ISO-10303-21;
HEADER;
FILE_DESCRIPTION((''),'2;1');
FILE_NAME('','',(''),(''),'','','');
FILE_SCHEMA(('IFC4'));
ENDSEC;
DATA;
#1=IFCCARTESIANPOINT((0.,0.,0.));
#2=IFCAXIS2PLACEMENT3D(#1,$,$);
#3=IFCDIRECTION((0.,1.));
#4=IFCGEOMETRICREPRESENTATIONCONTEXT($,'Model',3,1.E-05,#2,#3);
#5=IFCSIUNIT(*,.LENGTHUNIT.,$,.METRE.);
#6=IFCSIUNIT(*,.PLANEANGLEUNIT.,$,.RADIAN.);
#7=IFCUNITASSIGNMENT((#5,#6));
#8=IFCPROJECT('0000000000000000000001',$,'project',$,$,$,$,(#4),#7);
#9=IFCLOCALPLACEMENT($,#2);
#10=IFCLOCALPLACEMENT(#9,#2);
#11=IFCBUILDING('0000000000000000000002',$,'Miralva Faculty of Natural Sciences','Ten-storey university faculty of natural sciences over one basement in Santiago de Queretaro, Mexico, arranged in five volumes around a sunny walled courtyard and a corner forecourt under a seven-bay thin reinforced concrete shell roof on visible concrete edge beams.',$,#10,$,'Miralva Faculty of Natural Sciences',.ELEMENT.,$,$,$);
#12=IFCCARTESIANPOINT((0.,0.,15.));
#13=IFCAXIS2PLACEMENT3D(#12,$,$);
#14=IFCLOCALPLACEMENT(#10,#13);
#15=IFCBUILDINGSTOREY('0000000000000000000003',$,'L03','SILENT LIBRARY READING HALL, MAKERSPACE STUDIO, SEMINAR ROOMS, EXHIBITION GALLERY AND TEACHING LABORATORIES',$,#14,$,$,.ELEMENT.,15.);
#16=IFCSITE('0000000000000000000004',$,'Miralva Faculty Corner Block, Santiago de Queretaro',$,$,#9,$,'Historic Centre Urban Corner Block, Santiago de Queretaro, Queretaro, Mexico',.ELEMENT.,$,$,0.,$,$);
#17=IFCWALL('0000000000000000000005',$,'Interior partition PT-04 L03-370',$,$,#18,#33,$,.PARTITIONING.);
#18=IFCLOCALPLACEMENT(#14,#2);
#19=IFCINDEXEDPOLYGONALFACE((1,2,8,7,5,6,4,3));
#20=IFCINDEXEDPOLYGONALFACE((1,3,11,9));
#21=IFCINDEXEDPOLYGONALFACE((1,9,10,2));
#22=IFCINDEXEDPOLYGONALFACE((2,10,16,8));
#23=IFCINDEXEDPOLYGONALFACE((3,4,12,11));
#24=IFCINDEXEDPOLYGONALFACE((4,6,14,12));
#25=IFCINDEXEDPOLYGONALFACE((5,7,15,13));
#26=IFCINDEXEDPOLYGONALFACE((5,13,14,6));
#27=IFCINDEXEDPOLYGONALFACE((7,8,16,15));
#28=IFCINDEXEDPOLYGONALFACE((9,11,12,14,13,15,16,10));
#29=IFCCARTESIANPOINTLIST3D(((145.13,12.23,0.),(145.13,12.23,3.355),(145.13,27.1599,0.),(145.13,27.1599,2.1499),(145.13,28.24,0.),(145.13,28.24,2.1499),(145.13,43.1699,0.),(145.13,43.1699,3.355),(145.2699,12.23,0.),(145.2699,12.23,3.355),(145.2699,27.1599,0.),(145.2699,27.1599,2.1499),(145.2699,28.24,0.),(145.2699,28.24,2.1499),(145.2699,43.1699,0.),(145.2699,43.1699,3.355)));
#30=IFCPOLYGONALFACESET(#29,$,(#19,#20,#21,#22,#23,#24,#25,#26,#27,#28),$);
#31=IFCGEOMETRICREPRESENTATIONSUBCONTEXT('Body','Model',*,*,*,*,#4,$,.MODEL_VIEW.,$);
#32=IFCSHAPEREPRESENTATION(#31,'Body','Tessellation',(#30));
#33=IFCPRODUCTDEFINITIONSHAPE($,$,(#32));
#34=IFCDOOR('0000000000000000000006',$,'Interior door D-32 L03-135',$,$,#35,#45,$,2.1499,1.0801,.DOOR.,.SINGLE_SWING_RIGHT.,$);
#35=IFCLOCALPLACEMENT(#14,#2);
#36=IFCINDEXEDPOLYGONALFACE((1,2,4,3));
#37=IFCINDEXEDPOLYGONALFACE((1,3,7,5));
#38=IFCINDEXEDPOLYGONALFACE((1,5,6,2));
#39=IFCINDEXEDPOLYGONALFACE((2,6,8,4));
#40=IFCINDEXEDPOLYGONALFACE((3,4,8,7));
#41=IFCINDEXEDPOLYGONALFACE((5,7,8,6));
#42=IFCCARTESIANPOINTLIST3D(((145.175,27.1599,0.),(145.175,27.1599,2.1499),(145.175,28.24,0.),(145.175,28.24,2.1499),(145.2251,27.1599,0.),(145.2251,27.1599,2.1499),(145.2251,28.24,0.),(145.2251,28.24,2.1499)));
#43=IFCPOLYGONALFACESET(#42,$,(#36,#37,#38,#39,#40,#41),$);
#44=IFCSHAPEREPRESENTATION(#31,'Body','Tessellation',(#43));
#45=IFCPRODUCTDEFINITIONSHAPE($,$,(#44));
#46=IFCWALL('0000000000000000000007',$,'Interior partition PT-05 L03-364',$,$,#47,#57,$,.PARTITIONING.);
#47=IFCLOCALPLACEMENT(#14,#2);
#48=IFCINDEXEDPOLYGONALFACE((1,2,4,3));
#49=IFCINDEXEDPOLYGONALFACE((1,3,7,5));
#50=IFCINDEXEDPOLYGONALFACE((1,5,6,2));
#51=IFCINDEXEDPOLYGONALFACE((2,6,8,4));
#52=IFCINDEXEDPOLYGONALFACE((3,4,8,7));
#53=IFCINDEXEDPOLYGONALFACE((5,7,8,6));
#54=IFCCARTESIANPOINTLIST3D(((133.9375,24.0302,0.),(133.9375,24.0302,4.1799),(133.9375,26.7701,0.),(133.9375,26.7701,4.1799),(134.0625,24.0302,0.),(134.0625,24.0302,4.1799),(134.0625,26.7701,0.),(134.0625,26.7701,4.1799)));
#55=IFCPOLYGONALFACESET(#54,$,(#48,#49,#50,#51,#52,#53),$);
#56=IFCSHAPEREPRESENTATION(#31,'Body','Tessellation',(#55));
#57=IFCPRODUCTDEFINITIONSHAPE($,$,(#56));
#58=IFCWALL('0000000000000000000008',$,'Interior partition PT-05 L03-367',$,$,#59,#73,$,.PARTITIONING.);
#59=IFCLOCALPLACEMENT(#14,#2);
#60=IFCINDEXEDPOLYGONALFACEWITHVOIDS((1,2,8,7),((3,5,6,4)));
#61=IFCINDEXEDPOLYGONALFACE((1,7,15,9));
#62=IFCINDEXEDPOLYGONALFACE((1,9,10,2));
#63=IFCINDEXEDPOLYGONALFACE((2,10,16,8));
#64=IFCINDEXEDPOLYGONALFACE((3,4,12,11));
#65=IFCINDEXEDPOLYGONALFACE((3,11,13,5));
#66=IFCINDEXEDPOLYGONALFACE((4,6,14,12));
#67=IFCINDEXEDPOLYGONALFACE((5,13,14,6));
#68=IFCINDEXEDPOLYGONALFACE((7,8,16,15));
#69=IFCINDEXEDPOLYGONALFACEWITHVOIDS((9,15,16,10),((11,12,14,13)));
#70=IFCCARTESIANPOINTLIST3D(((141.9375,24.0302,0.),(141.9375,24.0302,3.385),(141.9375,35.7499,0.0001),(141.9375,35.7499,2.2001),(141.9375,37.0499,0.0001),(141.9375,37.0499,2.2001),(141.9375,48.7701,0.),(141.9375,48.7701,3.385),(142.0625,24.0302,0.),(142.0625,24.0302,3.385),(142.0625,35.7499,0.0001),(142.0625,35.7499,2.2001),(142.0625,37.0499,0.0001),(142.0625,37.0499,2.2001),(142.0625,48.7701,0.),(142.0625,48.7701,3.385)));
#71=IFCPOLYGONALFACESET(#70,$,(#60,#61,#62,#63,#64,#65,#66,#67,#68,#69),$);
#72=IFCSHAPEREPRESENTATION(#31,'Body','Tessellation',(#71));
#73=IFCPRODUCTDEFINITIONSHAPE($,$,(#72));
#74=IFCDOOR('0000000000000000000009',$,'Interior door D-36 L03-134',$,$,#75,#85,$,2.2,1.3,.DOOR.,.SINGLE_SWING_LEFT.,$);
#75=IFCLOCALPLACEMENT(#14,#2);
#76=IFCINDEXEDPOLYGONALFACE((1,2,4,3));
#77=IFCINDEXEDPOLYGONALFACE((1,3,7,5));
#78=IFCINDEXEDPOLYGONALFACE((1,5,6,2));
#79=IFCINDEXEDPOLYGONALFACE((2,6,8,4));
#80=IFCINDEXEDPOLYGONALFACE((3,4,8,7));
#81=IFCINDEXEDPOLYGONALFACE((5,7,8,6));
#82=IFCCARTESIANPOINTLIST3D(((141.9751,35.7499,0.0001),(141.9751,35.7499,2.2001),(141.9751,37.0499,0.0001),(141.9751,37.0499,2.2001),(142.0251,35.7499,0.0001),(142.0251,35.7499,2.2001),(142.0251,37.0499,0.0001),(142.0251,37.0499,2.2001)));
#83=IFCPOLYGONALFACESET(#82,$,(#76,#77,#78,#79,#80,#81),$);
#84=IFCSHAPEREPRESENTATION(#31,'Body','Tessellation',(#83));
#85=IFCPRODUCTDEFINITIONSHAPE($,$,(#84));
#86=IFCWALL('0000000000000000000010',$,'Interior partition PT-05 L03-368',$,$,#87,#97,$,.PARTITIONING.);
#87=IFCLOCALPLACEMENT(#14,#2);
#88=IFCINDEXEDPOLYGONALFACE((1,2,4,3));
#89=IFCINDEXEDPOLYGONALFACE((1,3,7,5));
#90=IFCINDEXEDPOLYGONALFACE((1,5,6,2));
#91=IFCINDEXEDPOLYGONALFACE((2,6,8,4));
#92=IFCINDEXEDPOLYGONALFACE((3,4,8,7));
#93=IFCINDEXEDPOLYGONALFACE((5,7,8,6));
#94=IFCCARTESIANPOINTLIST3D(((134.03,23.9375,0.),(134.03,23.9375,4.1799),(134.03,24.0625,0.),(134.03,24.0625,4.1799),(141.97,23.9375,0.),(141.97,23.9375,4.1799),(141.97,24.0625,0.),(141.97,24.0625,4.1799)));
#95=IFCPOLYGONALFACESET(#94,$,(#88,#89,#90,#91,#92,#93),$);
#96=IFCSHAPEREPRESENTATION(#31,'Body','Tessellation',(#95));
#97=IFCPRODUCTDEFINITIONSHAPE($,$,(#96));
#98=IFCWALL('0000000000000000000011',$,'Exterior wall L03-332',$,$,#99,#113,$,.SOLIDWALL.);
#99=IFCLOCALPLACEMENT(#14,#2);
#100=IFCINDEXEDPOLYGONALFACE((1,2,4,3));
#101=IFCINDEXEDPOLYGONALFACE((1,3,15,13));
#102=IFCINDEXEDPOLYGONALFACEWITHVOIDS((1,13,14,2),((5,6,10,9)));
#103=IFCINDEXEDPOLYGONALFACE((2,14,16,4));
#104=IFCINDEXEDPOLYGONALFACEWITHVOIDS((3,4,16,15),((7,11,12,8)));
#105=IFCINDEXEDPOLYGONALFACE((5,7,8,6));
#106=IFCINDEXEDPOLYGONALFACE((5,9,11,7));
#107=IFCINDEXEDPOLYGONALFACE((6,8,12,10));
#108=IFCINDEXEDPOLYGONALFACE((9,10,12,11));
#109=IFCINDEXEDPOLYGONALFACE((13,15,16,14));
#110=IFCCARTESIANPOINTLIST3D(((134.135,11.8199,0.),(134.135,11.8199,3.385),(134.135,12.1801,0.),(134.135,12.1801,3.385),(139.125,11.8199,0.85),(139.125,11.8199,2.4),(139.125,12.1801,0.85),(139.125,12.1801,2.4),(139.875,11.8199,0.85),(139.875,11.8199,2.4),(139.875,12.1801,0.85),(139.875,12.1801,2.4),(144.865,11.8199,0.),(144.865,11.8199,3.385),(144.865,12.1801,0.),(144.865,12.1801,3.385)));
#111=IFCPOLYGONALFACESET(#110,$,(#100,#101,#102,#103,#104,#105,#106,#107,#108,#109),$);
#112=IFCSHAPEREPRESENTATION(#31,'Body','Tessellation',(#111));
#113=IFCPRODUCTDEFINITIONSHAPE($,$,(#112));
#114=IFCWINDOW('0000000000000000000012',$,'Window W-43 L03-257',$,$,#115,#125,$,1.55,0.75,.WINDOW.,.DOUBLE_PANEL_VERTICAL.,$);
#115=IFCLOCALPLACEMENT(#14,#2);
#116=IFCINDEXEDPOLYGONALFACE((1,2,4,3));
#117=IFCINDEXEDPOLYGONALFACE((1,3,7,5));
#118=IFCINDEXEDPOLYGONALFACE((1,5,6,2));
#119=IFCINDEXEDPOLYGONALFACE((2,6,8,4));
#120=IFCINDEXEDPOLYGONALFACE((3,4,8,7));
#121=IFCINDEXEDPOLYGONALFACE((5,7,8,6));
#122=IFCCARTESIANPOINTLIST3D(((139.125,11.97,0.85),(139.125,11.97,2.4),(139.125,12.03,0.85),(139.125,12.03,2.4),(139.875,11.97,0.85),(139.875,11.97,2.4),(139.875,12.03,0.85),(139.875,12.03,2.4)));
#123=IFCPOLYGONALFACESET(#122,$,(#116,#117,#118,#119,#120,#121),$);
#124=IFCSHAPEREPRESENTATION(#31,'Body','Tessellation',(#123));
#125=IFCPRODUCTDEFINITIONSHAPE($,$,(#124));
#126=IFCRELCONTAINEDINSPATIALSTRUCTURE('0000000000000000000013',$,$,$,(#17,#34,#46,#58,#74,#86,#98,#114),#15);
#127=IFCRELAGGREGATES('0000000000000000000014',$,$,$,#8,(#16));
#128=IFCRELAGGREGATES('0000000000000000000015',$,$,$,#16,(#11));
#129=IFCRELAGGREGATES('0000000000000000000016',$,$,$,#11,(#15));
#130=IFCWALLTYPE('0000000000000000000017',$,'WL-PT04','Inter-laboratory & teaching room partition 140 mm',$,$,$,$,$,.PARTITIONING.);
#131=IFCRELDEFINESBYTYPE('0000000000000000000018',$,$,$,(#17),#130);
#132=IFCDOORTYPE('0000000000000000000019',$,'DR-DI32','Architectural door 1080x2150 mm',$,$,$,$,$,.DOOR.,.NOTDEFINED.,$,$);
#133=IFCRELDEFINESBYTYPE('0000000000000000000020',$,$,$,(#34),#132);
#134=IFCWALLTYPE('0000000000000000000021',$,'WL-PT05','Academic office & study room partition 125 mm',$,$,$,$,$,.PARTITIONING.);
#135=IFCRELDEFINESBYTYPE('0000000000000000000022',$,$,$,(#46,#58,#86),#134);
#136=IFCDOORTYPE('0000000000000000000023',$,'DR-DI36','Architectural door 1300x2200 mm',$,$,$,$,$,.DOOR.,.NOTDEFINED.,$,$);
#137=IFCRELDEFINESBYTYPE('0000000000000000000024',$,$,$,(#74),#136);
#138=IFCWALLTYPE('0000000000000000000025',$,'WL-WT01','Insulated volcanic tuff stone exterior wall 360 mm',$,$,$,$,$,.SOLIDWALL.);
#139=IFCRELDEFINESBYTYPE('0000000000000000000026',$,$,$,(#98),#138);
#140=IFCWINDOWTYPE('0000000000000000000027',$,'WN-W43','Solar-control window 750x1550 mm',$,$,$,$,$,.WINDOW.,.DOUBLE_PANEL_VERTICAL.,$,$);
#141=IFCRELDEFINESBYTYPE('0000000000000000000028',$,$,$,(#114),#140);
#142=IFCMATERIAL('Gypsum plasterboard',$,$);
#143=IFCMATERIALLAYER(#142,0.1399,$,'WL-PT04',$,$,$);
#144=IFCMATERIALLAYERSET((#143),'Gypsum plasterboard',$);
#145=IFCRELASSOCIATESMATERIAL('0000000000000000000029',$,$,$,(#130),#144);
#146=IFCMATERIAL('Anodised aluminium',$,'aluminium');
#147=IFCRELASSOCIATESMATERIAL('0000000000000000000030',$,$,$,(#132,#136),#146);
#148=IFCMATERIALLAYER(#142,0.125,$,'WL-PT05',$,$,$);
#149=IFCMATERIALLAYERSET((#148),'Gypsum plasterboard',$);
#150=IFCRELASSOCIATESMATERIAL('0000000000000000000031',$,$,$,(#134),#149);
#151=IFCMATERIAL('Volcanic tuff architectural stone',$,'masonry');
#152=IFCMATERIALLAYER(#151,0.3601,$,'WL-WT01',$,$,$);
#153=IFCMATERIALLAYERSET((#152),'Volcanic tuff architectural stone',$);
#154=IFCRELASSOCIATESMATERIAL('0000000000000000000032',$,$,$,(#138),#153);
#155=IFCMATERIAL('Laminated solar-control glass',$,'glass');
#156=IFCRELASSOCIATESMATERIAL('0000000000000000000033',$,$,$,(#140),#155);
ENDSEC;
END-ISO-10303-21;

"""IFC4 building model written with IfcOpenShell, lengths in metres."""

from ifc_helpers import new_model, si_unit, direction, frame, frame_2d, origin, place, context, subcontext, project, spatial, rectangle, extrude, material, layer, layer_set, type_object, element, fill, save


model = new_model("IFC4")

# Units and contexts
model_context = context("Model", 3, precision=1e-05, world=origin(), true_north=direction((0.0, 1.0)))
body_context = subcontext(model_context, "Body", "Model", "MODEL_VIEW")
ifc_project = project(units=[si_unit("LENGTHUNIT", "METRE"), si_unit("PLANEANGLEUNIT", "RADIAN")], contexts=[model_context])

# Site, building, storey
site_placement = place(None, origin())
site = spatial("IfcSite", under=ifc_project, at=site_placement, Name="Miralva Faculty Corner Block, Santiago de Queretaro", LongName="Historic Centre Urban Corner Block, Santiago de Queretaro, Queretaro, Mexico", CompositionType="ELEMENT", RefElevation=0.0)
building_placement = place(site_placement, origin())
building = spatial("IfcBuilding", under=site, at=building_placement, Name="Miralva Faculty of Natural Sciences", Description="Ten-storey university faculty of natural sciences over one basement in Santiago de Queretaro, Mexico, arranged in five volumes around a sunny walled courtyard and a corner forecourt under a seven-bay thin reinforced concrete shell roof on visible concrete edge beams.", LongName="Miralva Faculty of Natural Sciences", CompositionType="ELEMENT")
storey_placement = place(building_placement, frame((0.0, 0.0, 15.0)))
storey = spatial("IfcBuildingStorey", under=building, at=storey_placement, Name="L03", Description="SILENT LIBRARY READING HALL, MAKERSPACE STUDIO, SEMINAR ROOMS, EXHIBITION GALLERY AND TEACHING LABORATORIES", CompositionType="ELEMENT", Elevation=15.0)

# Shared definitions
ifc_material_1 = material(Name="Laminated solar-control glass", Category="glass")
ifc_material_2 = material(Name="Anodised aluminium", Category="aluminium")

# Wall, opening, door
ifc_material_3 = material(Name="Gypsum plasterboard")
ifc_layer_1 = layer(ifc_material_3, 0.1399, Name="WL-PT04")
ifc_layer_set_1 = layer_set([ifc_layer_1], Name="Gypsum plasterboard")
wall_type_1 = type_object("IfcWallType", Name="WL-PT04", Description="Inter-laboratory & teaching room partition 140 mm", PredefinedType="PARTITIONING", material=ifc_layer_set_1)
wall_1_placement = place(storey_placement, frame((145.2, 12.23, 0.0), z_axis=(0.0, 0.0, 1.0), x_axis=(0.0, 1.0, 0.0)))
wall_1 = element("IfcWall", 1, at=wall_1_placement, inside=storey, type_object=wall_type_1, Name="Interior partition PT-04 L03-370", PredefinedType="PARTITIONING", context=body_context, shape_type="SweptSolid", body=[
    extrude(rectangle(XDim=30.9399, YDim=0.1399, at=frame_2d((15.47, 0.0))), origin(), (0.0, 0.0, 1.0), 3.355),
])
opening_1_placement = place(wall_1_placement, frame((14.9299, 0.0, 0.0)))
opening_1 = element("IfcOpeningElement", 2, at=opening_1_placement, cuts=wall_1, PredefinedType="OPENING", context=body_context, shape_type="SweptSolid", body=[
    extrude(rectangle(XDim=1.0801, YDim=2.1499, at=frame_2d((0.54, 1.075))), frame((0.0, 0.0798, 0.0), z_axis=(0.0, -1.0, 0.0), x_axis=(1.0, 0.0, 0.0)), (0.0, 0.0, 1.0), 0.1599),
])
door_type_1 = type_object("IfcDoorType", Name="DR-DI32", Description="Architectural door 1080x2150 mm", OperationType="NOTDEFINED", PredefinedType="DOOR", material=ifc_material_2)
door_1_placement = place(opening_1_placement, origin())
door_1 = element("IfcDoor", 3, at=door_1_placement, inside=storey, type_object=door_type_1, Name="Interior door D-32 L03-135", OperationType="SINGLE_SWING_RIGHT", OverallHeight=2.1499, OverallWidth=1.0801, PredefinedType="DOOR", context=body_context, shape_type="SweptSolid", body=[
    extrude(rectangle(XDim=1.0801, YDim=2.1499, at=frame_2d((0.54, 1.075))), frame((0.0, 0.0249, 0.0), z_axis=(0.0, -1.0, 0.0), x_axis=(1.0, 0.0, 0.0)), (0.0, 0.0, 1.0), 0.05),
])
fill(opening_1, door_1)

# Wall
ifc_layer_2 = layer(ifc_material_3, 0.125, Name="WL-PT05")
ifc_layer_set_2 = layer_set([ifc_layer_2], Name="Gypsum plasterboard")
wall_type_2 = type_object("IfcWallType", Name="WL-PT05", Description="Academic office & study room partition 125 mm", PredefinedType="PARTITIONING", material=ifc_layer_set_2)
wall_2_placement = place(storey_placement, frame((134.0, 24.03, 0.0), z_axis=(0.0, 0.0, 1.0), x_axis=(0.0, 1.0, 0.0)))
element("IfcWall", 4, at=wall_2_placement, inside=storey, type_object=wall_type_2, Name="Interior partition PT-05 L03-364", PredefinedType="PARTITIONING", context=body_context, shape_type="SweptSolid", body=[
    extrude(rectangle(XDim=2.74, YDim=0.125, at=frame_2d((1.3701, 0.0))), origin(), (0.0, 0.0, 1.0), 4.1799),
])

# Wall, opening, door
wall_3_placement = place(storey_placement, frame((142.0, 24.03, 0.0), z_axis=(0.0, 0.0, 1.0), x_axis=(0.0, 1.0, 0.0)))
wall_3 = element("IfcWall", 5, at=wall_3_placement, inside=storey, type_object=wall_type_2, Name="Interior partition PT-05 L03-367", PredefinedType="PARTITIONING", context=body_context, shape_type="SweptSolid", body=[
    extrude(rectangle(XDim=24.74, YDim=0.125, at=frame_2d((12.3701, 0.0))), origin(), (0.0, 0.0, 1.0), 3.385),
])
opening_2_placement = place(wall_3_placement, frame((11.72, 0.0, 0.0)))
opening_2 = element("IfcOpeningElement", 6, at=opening_2_placement, cuts=wall_3, PredefinedType="OPENING", context=body_context, shape_type="SweptSolid", body=[
    extrude(rectangle(XDim=1.3, YDim=2.2, at=frame_2d((0.6499, 1.1001))), frame((0.0, 0.0725, 0.0), z_axis=(0.0, -1.0, 0.0), x_axis=(1.0, 0.0, 0.0)), (0.0, 0.0, 1.0), 0.145),
])
door_type_2 = type_object("IfcDoorType", Name="DR-DI36", Description="Architectural door 1300x2200 mm", OperationType="NOTDEFINED", PredefinedType="DOOR", material=ifc_material_2)
door_2_placement = place(opening_2_placement, origin())
door_2 = element("IfcDoor", 7, at=door_2_placement, inside=storey, type_object=door_type_2, Name="Interior door D-36 L03-134", OperationType="SINGLE_SWING_LEFT", OverallHeight=2.2, OverallWidth=1.3, PredefinedType="DOOR", context=body_context, shape_type="SweptSolid", body=[
    extrude(rectangle(XDim=1.3, YDim=2.2, at=frame_2d((0.6499, 1.1001))), frame((0.0, 0.0249, 0.0), z_axis=(0.0, -1.0, 0.0), x_axis=(1.0, 0.0, 0.0)), (0.0, 0.0, 1.0), 0.05),
])
fill(opening_2, door_2)

# Wall
wall_4_placement = place(storey_placement, frame((134.03, 24.0, 0.0), z_axis=(0.0, 0.0, 1.0), x_axis=(1.0, 0.0, 0.0)))
element("IfcWall", 8, at=wall_4_placement, inside=storey, type_object=wall_type_2, Name="Interior partition PT-05 L03-368", PredefinedType="PARTITIONING", context=body_context, shape_type="SweptSolid", body=[
    extrude(rectangle(XDim=7.9399, YDim=0.125, at=frame_2d((3.97, 0.0))), origin(), (0.0, 0.0, 1.0), 4.1799),
])

# Wall, opening, window
ifc_material_4 = material(Name="Volcanic tuff architectural stone", Category="masonry")
ifc_layer_3 = layer(ifc_material_4, 0.3601, Name="WL-WT01")
ifc_layer_set_3 = layer_set([ifc_layer_3], Name="Volcanic tuff architectural stone")
wall_type_3 = type_object("IfcWallType", Name="WL-WT01", Description="Insulated volcanic tuff stone exterior wall 360 mm", PredefinedType="SOLIDWALL", material=ifc_layer_set_3)
wall_5_placement = place(storey_placement, frame((134.135, 12.0, 0.0), z_axis=(0.0, 0.0, 1.0), x_axis=(1.0, 0.0, 0.0)))
wall_5 = element("IfcWall", 9, at=wall_5_placement, inside=storey, type_object=wall_type_3, Name="Exterior wall L03-332", PredefinedType="SOLIDWALL", context=body_context, shape_type="SweptSolid", body=[
    extrude(rectangle(XDim=10.73, YDim=0.3601, at=frame_2d((5.365, 0.0))), origin(), (0.0, 0.0, 1.0), 3.385),
])
opening_3_placement = place(wall_5_placement, frame((4.99, 0.0, 0.8501)))
opening_3 = element("IfcOpeningElement", 10, at=opening_3_placement, cuts=wall_5, PredefinedType="OPENING", context=body_context, shape_type="SweptSolid", body=[
    extrude(rectangle(XDim=0.75, YDim=1.55, at=frame_2d((0.375, 0.7749))), frame((0.0, 0.1899, 0.0), z_axis=(0.0, -1.0, 0.0), x_axis=(1.0, 0.0, 0.0)), (0.0, 0.0, 1.0), 0.3801),
])
window_type = type_object("IfcWindowType", Name="WN-W43", Description="Solar-control window 750x1550 mm", PartitioningType="DOUBLE_PANEL_VERTICAL", PredefinedType="WINDOW", material=ifc_material_1)
window_placement = place(opening_3_placement, frame((0.75, 0.0, 0.0), z_axis=(0.0, 0.0, 1.0), x_axis=(-1.0, 0.0, 0.0)))
window = element("IfcWindow", 11, at=window_placement, inside=storey, type_object=window_type, Name="Window W-43 L03-257", OverallHeight=1.55, OverallWidth=0.75, PartitioningType="DOUBLE_PANEL_VERTICAL", PredefinedType="WINDOW", context=body_context, shape_type="SweptSolid", body=[
    extrude(rectangle(XDim=0.75, YDim=1.55, at=frame_2d((0.375, 0.7749))), frame((0.0, 0.03, 0.0), z_axis=(0.0, -1.0, 0.0), x_axis=(1.0, 0.0, 0.0)), (0.0, 0.0, 1.0), 0.0601),
])
fill(opening_3, window)

save(model, "model.ifc")
